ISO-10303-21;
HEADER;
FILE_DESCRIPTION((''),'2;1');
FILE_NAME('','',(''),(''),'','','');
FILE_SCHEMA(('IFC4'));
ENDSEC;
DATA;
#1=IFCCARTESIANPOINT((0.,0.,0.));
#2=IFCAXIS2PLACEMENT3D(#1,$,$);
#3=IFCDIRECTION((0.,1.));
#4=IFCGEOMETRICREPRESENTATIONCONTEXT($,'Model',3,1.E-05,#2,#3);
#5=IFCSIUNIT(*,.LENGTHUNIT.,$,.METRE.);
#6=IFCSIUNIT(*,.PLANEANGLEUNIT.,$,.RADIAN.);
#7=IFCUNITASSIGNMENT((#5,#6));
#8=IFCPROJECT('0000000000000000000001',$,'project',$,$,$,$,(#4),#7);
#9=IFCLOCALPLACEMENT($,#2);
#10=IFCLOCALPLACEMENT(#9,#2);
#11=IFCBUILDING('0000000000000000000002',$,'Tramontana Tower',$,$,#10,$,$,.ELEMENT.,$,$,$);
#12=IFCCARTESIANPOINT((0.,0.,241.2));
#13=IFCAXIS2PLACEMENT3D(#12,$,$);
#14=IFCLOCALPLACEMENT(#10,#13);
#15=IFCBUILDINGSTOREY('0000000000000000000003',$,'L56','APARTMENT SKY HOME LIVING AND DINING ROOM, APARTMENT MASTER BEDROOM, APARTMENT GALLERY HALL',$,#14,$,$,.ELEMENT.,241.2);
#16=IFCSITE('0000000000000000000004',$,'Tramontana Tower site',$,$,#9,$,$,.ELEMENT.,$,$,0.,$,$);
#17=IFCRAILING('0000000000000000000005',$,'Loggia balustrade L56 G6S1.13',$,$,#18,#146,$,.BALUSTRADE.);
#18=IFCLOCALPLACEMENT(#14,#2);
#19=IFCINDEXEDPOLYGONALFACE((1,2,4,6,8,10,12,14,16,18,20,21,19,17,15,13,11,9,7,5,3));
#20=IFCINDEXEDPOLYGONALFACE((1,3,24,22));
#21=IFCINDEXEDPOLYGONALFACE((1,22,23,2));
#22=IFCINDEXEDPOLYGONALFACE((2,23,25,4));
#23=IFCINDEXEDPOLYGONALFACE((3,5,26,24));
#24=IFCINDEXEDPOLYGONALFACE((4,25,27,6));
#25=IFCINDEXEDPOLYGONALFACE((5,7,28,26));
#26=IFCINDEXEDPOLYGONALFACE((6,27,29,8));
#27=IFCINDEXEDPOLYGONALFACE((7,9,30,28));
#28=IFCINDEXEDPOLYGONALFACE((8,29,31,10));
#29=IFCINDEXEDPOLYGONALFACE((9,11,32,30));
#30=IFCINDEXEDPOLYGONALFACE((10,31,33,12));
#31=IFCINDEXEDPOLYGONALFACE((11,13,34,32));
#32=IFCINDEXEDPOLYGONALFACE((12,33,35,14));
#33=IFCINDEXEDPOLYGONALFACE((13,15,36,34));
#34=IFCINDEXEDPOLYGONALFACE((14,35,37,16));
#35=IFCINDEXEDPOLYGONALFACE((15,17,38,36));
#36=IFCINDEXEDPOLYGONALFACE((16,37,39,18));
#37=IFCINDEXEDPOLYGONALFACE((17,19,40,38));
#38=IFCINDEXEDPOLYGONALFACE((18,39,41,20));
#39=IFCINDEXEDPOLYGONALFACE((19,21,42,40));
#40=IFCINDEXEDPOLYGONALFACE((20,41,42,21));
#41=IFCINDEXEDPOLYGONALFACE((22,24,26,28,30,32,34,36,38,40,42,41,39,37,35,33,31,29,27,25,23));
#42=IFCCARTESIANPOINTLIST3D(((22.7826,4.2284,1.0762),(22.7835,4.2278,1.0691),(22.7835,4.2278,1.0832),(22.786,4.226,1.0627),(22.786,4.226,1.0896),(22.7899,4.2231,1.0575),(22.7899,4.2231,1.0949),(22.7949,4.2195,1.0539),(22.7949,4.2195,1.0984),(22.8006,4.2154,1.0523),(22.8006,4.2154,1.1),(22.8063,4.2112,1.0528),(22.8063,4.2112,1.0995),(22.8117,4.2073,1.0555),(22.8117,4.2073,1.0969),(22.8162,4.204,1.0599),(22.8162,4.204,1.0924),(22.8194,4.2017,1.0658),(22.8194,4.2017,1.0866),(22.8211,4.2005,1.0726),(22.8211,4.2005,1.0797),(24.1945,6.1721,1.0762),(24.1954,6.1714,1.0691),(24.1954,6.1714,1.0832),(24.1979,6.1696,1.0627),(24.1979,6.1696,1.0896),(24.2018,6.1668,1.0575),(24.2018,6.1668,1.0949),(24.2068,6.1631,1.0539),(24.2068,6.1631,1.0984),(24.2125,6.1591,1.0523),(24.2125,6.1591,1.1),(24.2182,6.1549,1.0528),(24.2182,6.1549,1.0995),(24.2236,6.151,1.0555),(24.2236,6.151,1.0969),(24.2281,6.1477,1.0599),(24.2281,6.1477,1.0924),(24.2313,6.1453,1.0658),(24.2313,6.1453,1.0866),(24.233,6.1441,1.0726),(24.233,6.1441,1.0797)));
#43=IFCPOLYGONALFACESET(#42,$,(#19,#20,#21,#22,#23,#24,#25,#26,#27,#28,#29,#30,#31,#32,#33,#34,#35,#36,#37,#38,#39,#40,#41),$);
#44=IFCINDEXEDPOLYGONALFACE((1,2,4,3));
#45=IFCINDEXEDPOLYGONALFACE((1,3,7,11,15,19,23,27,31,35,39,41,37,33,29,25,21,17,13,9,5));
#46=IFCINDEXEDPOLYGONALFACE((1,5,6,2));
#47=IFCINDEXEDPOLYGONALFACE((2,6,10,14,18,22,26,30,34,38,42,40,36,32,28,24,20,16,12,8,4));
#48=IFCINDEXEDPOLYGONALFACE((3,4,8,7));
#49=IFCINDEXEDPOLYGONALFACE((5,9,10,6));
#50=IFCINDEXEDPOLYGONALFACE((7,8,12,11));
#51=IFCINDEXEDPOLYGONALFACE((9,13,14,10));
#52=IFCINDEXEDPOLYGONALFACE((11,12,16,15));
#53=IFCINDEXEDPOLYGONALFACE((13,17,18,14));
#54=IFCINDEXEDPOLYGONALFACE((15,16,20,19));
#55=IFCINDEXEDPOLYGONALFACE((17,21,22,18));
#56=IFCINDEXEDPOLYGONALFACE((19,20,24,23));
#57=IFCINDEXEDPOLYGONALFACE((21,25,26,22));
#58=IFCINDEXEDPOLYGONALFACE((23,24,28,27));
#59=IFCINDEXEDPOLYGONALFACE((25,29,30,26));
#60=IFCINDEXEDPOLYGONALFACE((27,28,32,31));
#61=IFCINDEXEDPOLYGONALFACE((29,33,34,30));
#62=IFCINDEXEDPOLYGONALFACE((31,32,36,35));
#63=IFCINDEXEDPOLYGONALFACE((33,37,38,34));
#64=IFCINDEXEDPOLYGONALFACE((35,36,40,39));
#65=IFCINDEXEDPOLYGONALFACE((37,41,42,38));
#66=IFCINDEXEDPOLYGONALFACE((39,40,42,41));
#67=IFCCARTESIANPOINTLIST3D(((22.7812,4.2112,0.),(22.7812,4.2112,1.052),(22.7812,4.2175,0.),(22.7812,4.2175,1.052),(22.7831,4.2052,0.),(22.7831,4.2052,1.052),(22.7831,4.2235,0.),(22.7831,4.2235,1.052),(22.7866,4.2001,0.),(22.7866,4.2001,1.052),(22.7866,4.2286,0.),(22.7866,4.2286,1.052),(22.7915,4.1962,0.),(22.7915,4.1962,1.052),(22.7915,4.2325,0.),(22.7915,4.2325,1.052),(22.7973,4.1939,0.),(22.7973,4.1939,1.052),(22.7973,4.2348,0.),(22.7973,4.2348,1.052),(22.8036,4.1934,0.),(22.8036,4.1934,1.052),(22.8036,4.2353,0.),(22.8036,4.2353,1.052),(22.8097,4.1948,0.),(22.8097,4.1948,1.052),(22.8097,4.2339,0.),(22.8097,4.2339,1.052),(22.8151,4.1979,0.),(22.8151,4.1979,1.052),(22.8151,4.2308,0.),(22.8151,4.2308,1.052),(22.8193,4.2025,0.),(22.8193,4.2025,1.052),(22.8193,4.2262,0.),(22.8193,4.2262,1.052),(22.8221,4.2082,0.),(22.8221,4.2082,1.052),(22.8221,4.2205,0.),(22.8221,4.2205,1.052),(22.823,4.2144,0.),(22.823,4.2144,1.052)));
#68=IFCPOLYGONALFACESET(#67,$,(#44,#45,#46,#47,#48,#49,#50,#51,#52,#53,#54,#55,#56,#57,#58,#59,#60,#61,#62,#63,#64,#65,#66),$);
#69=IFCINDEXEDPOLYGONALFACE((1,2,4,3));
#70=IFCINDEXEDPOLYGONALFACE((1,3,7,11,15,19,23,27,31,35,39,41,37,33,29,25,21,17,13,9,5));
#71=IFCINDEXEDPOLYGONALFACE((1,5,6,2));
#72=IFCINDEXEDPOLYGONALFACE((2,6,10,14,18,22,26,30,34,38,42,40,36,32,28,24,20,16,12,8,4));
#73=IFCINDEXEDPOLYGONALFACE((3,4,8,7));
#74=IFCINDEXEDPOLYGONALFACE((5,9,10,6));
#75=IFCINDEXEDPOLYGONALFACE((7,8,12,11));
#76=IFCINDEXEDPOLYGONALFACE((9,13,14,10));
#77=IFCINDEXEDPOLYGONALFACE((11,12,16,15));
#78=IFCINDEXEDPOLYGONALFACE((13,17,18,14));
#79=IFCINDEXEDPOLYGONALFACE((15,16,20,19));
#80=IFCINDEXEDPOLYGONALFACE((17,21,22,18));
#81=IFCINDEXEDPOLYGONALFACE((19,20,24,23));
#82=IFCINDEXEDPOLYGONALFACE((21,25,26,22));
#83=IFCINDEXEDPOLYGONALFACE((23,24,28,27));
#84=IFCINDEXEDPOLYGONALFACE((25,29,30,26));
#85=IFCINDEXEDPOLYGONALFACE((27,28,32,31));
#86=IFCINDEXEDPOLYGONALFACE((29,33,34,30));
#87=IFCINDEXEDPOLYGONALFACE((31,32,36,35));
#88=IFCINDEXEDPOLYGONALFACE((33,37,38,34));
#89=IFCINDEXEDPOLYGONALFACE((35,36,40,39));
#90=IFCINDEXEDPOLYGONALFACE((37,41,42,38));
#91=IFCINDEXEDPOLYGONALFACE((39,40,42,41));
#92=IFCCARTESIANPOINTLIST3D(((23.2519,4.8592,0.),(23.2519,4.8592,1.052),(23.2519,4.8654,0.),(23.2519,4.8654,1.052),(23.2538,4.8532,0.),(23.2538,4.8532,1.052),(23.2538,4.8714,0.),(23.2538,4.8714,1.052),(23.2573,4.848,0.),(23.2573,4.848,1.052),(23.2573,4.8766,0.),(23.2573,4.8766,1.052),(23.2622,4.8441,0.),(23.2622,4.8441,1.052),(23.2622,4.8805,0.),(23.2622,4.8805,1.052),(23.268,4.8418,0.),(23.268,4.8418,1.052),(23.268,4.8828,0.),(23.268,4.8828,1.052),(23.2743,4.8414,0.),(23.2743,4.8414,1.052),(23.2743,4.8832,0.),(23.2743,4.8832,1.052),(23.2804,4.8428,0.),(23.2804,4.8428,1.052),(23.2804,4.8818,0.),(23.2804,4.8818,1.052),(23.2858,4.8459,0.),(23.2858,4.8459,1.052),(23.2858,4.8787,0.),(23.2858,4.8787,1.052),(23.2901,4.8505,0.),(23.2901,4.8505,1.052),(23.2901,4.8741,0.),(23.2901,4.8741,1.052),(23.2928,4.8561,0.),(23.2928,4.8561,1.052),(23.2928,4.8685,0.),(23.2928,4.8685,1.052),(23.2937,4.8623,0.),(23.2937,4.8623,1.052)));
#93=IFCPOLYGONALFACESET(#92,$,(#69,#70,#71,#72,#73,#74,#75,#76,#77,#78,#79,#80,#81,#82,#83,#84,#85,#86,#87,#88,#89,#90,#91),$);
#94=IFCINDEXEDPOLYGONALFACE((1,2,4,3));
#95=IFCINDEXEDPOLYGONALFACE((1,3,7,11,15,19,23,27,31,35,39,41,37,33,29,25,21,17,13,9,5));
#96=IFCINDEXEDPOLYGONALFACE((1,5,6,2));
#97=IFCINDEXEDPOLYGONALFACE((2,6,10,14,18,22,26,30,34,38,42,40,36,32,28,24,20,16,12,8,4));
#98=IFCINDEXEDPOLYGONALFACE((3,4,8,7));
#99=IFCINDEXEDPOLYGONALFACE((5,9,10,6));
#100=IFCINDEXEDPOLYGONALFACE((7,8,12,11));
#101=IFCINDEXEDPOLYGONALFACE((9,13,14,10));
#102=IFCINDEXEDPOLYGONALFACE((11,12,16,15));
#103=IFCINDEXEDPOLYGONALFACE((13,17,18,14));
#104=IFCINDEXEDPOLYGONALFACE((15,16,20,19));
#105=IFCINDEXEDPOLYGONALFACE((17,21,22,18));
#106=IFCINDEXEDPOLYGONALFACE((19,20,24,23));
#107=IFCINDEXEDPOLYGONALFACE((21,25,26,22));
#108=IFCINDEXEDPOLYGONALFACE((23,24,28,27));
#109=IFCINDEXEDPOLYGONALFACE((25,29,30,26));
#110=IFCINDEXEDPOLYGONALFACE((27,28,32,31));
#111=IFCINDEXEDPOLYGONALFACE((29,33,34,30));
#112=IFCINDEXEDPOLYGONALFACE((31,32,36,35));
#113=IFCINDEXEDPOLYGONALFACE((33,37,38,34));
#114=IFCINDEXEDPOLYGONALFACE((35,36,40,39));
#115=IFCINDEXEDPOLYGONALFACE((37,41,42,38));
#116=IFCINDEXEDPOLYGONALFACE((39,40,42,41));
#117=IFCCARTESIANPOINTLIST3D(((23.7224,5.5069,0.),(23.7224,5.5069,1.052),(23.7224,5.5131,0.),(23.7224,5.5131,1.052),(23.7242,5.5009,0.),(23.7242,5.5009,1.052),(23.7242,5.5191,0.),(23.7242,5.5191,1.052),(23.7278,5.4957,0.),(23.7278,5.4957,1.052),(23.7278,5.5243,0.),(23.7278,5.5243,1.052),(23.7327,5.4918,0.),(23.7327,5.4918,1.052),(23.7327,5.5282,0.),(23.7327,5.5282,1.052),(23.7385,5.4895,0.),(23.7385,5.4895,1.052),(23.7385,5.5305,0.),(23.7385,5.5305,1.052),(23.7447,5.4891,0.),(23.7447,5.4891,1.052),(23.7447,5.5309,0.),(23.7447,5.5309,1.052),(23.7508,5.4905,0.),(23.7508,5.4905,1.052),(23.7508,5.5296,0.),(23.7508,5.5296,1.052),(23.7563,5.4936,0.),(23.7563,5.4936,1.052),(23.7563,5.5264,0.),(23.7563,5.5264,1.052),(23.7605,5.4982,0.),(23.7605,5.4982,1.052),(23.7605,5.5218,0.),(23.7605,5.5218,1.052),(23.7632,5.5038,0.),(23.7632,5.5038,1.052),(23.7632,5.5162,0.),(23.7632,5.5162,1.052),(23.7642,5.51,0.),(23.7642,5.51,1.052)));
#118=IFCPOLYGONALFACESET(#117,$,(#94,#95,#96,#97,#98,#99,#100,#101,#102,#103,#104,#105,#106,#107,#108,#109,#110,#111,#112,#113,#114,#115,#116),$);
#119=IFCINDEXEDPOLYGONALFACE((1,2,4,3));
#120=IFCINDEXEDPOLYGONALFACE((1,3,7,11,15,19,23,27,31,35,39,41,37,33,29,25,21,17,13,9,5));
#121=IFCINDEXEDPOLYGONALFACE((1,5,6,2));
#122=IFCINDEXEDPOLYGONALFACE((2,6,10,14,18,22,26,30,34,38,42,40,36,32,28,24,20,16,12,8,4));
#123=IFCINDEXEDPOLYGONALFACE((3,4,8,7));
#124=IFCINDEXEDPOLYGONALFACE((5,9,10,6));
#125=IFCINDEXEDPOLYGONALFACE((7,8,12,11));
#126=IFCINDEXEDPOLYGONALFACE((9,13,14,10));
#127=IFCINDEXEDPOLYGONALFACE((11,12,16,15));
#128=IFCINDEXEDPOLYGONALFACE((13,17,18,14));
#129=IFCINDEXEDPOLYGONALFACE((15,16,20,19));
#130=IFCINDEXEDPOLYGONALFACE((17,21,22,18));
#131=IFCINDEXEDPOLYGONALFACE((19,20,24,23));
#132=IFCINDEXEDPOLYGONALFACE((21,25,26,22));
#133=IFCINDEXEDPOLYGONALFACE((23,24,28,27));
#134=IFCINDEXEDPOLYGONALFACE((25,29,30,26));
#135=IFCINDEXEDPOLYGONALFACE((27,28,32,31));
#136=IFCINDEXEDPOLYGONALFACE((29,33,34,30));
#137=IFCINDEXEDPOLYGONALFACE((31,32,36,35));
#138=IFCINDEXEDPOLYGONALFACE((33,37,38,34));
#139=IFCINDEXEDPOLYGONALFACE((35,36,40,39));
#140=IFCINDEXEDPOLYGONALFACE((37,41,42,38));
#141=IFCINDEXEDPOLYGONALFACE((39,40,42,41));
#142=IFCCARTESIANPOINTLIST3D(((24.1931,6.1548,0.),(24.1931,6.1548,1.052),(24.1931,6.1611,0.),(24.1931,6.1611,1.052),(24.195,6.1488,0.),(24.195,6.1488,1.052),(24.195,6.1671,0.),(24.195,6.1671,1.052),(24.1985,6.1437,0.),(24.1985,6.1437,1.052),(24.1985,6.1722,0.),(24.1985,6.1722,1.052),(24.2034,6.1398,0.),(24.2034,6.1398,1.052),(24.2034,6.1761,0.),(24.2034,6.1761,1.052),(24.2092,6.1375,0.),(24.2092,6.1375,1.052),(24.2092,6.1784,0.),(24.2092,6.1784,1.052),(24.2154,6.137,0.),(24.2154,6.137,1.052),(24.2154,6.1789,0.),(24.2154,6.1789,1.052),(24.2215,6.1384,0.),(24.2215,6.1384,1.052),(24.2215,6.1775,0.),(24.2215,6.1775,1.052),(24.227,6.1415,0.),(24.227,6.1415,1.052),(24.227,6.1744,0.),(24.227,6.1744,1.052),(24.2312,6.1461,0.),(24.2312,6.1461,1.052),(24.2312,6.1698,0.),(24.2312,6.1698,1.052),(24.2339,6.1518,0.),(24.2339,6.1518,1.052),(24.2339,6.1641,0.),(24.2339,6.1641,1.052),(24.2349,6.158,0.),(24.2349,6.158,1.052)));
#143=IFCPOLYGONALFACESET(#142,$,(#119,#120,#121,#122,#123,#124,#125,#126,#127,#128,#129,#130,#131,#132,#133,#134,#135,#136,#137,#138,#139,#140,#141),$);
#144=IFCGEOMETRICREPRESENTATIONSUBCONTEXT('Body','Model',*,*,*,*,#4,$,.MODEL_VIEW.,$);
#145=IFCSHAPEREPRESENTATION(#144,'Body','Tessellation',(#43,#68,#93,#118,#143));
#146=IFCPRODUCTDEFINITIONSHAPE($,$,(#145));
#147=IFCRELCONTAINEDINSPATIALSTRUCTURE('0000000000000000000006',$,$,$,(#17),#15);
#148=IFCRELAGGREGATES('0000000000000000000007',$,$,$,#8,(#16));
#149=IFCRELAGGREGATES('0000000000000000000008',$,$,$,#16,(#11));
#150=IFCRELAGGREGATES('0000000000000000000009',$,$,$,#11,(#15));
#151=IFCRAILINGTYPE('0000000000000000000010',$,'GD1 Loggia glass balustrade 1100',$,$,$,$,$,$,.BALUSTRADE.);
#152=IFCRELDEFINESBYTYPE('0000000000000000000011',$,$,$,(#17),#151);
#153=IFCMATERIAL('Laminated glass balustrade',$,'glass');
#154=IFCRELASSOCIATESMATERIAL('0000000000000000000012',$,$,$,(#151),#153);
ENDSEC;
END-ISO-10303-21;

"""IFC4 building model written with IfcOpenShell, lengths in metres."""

from ifc_helpers import new_model, si_unit, direction, frame, origin, origin_2d, place, context, subcontext, project, spatial, circle, extrude, material, type_object, element, save


model = new_model("IFC4")

# Units and contexts
model_context = context("Model", 3, precision=1e-05, world=origin(), true_north=direction((0.0, 1.0)))
body_context = subcontext(model_context, "Body", "Model", "MODEL_VIEW")
ifc_project = project(units=[si_unit("LENGTHUNIT", "METRE"), si_unit("PLANEANGLEUNIT", "RADIAN")], contexts=[model_context])

# Site, building, storey
site_placement = place(None, origin())
site = spatial("IfcSite", under=ifc_project, at=site_placement, Name="Tramontana Tower site", CompositionType="ELEMENT", RefElevation=0.0)
building_placement = place(site_placement, origin())
building = spatial("IfcBuilding", under=site, at=building_placement, Name="Tramontana Tower", CompositionType="ELEMENT")
storey_placement = place(building_placement, frame((0.0, 0.0, 241.2)))
storey = spatial("IfcBuildingStorey", under=building, at=storey_placement, Name="L56", Description="APARTMENT SKY HOME LIVING AND DINING ROOM, APARTMENT MASTER BEDROOM, APARTMENT GALLERY HALL", CompositionType="ELEMENT", Elevation=241.2)

# Railing
ifc_material_1 = material(Name="Laminated glass balustrade", Category="glass")
railing_type = type_object("IfcRailingType", Name="GD1 Loggia glass balustrade 1100", PredefinedType="BALUSTRADE", material=ifc_material_1)
railing_1_placement = place(storey_placement, frame((22.802, 4.2144, 0.0)))
element("IfcRailing", 1, at=railing_1_placement, inside=storey, type_object=railing_type, Name="Loggia balustrade L56 G6S1.13", PredefinedType="BALUSTRADE", context=body_context, shape_type="SweptSolid", body=[
    extrude(circle(Radius=0.0239, at=origin_2d()), frame((0.0, 0.0, 1.0762), z_axis=(0.587718, 0.809066, 0.0), x_axis=(-0.809066, 0.587718, 0.0)), (0.0, 0.0, 1.0), 2.4023),
    extrude(circle(Radius=0.021, at=origin_2d()), origin(), (0.0, 0.0, 1.0), 1.052),
    extrude(circle(Radius=0.021, at=origin_2d()), frame((0.4707, 0.6479, 0.0)), (0.0, 0.0, 1.0), 1.052),
    extrude(circle(Radius=0.021, at=origin_2d()), frame((0.9412, 1.2957, 0.0)), (0.0, 0.0, 1.0), 1.052),
    extrude(circle(Radius=0.021, at=origin_2d()), frame((1.4119, 1.9436, 0.0)), (0.0, 0.0, 1.0), 1.052),
])

save(model, "model.ifc")
